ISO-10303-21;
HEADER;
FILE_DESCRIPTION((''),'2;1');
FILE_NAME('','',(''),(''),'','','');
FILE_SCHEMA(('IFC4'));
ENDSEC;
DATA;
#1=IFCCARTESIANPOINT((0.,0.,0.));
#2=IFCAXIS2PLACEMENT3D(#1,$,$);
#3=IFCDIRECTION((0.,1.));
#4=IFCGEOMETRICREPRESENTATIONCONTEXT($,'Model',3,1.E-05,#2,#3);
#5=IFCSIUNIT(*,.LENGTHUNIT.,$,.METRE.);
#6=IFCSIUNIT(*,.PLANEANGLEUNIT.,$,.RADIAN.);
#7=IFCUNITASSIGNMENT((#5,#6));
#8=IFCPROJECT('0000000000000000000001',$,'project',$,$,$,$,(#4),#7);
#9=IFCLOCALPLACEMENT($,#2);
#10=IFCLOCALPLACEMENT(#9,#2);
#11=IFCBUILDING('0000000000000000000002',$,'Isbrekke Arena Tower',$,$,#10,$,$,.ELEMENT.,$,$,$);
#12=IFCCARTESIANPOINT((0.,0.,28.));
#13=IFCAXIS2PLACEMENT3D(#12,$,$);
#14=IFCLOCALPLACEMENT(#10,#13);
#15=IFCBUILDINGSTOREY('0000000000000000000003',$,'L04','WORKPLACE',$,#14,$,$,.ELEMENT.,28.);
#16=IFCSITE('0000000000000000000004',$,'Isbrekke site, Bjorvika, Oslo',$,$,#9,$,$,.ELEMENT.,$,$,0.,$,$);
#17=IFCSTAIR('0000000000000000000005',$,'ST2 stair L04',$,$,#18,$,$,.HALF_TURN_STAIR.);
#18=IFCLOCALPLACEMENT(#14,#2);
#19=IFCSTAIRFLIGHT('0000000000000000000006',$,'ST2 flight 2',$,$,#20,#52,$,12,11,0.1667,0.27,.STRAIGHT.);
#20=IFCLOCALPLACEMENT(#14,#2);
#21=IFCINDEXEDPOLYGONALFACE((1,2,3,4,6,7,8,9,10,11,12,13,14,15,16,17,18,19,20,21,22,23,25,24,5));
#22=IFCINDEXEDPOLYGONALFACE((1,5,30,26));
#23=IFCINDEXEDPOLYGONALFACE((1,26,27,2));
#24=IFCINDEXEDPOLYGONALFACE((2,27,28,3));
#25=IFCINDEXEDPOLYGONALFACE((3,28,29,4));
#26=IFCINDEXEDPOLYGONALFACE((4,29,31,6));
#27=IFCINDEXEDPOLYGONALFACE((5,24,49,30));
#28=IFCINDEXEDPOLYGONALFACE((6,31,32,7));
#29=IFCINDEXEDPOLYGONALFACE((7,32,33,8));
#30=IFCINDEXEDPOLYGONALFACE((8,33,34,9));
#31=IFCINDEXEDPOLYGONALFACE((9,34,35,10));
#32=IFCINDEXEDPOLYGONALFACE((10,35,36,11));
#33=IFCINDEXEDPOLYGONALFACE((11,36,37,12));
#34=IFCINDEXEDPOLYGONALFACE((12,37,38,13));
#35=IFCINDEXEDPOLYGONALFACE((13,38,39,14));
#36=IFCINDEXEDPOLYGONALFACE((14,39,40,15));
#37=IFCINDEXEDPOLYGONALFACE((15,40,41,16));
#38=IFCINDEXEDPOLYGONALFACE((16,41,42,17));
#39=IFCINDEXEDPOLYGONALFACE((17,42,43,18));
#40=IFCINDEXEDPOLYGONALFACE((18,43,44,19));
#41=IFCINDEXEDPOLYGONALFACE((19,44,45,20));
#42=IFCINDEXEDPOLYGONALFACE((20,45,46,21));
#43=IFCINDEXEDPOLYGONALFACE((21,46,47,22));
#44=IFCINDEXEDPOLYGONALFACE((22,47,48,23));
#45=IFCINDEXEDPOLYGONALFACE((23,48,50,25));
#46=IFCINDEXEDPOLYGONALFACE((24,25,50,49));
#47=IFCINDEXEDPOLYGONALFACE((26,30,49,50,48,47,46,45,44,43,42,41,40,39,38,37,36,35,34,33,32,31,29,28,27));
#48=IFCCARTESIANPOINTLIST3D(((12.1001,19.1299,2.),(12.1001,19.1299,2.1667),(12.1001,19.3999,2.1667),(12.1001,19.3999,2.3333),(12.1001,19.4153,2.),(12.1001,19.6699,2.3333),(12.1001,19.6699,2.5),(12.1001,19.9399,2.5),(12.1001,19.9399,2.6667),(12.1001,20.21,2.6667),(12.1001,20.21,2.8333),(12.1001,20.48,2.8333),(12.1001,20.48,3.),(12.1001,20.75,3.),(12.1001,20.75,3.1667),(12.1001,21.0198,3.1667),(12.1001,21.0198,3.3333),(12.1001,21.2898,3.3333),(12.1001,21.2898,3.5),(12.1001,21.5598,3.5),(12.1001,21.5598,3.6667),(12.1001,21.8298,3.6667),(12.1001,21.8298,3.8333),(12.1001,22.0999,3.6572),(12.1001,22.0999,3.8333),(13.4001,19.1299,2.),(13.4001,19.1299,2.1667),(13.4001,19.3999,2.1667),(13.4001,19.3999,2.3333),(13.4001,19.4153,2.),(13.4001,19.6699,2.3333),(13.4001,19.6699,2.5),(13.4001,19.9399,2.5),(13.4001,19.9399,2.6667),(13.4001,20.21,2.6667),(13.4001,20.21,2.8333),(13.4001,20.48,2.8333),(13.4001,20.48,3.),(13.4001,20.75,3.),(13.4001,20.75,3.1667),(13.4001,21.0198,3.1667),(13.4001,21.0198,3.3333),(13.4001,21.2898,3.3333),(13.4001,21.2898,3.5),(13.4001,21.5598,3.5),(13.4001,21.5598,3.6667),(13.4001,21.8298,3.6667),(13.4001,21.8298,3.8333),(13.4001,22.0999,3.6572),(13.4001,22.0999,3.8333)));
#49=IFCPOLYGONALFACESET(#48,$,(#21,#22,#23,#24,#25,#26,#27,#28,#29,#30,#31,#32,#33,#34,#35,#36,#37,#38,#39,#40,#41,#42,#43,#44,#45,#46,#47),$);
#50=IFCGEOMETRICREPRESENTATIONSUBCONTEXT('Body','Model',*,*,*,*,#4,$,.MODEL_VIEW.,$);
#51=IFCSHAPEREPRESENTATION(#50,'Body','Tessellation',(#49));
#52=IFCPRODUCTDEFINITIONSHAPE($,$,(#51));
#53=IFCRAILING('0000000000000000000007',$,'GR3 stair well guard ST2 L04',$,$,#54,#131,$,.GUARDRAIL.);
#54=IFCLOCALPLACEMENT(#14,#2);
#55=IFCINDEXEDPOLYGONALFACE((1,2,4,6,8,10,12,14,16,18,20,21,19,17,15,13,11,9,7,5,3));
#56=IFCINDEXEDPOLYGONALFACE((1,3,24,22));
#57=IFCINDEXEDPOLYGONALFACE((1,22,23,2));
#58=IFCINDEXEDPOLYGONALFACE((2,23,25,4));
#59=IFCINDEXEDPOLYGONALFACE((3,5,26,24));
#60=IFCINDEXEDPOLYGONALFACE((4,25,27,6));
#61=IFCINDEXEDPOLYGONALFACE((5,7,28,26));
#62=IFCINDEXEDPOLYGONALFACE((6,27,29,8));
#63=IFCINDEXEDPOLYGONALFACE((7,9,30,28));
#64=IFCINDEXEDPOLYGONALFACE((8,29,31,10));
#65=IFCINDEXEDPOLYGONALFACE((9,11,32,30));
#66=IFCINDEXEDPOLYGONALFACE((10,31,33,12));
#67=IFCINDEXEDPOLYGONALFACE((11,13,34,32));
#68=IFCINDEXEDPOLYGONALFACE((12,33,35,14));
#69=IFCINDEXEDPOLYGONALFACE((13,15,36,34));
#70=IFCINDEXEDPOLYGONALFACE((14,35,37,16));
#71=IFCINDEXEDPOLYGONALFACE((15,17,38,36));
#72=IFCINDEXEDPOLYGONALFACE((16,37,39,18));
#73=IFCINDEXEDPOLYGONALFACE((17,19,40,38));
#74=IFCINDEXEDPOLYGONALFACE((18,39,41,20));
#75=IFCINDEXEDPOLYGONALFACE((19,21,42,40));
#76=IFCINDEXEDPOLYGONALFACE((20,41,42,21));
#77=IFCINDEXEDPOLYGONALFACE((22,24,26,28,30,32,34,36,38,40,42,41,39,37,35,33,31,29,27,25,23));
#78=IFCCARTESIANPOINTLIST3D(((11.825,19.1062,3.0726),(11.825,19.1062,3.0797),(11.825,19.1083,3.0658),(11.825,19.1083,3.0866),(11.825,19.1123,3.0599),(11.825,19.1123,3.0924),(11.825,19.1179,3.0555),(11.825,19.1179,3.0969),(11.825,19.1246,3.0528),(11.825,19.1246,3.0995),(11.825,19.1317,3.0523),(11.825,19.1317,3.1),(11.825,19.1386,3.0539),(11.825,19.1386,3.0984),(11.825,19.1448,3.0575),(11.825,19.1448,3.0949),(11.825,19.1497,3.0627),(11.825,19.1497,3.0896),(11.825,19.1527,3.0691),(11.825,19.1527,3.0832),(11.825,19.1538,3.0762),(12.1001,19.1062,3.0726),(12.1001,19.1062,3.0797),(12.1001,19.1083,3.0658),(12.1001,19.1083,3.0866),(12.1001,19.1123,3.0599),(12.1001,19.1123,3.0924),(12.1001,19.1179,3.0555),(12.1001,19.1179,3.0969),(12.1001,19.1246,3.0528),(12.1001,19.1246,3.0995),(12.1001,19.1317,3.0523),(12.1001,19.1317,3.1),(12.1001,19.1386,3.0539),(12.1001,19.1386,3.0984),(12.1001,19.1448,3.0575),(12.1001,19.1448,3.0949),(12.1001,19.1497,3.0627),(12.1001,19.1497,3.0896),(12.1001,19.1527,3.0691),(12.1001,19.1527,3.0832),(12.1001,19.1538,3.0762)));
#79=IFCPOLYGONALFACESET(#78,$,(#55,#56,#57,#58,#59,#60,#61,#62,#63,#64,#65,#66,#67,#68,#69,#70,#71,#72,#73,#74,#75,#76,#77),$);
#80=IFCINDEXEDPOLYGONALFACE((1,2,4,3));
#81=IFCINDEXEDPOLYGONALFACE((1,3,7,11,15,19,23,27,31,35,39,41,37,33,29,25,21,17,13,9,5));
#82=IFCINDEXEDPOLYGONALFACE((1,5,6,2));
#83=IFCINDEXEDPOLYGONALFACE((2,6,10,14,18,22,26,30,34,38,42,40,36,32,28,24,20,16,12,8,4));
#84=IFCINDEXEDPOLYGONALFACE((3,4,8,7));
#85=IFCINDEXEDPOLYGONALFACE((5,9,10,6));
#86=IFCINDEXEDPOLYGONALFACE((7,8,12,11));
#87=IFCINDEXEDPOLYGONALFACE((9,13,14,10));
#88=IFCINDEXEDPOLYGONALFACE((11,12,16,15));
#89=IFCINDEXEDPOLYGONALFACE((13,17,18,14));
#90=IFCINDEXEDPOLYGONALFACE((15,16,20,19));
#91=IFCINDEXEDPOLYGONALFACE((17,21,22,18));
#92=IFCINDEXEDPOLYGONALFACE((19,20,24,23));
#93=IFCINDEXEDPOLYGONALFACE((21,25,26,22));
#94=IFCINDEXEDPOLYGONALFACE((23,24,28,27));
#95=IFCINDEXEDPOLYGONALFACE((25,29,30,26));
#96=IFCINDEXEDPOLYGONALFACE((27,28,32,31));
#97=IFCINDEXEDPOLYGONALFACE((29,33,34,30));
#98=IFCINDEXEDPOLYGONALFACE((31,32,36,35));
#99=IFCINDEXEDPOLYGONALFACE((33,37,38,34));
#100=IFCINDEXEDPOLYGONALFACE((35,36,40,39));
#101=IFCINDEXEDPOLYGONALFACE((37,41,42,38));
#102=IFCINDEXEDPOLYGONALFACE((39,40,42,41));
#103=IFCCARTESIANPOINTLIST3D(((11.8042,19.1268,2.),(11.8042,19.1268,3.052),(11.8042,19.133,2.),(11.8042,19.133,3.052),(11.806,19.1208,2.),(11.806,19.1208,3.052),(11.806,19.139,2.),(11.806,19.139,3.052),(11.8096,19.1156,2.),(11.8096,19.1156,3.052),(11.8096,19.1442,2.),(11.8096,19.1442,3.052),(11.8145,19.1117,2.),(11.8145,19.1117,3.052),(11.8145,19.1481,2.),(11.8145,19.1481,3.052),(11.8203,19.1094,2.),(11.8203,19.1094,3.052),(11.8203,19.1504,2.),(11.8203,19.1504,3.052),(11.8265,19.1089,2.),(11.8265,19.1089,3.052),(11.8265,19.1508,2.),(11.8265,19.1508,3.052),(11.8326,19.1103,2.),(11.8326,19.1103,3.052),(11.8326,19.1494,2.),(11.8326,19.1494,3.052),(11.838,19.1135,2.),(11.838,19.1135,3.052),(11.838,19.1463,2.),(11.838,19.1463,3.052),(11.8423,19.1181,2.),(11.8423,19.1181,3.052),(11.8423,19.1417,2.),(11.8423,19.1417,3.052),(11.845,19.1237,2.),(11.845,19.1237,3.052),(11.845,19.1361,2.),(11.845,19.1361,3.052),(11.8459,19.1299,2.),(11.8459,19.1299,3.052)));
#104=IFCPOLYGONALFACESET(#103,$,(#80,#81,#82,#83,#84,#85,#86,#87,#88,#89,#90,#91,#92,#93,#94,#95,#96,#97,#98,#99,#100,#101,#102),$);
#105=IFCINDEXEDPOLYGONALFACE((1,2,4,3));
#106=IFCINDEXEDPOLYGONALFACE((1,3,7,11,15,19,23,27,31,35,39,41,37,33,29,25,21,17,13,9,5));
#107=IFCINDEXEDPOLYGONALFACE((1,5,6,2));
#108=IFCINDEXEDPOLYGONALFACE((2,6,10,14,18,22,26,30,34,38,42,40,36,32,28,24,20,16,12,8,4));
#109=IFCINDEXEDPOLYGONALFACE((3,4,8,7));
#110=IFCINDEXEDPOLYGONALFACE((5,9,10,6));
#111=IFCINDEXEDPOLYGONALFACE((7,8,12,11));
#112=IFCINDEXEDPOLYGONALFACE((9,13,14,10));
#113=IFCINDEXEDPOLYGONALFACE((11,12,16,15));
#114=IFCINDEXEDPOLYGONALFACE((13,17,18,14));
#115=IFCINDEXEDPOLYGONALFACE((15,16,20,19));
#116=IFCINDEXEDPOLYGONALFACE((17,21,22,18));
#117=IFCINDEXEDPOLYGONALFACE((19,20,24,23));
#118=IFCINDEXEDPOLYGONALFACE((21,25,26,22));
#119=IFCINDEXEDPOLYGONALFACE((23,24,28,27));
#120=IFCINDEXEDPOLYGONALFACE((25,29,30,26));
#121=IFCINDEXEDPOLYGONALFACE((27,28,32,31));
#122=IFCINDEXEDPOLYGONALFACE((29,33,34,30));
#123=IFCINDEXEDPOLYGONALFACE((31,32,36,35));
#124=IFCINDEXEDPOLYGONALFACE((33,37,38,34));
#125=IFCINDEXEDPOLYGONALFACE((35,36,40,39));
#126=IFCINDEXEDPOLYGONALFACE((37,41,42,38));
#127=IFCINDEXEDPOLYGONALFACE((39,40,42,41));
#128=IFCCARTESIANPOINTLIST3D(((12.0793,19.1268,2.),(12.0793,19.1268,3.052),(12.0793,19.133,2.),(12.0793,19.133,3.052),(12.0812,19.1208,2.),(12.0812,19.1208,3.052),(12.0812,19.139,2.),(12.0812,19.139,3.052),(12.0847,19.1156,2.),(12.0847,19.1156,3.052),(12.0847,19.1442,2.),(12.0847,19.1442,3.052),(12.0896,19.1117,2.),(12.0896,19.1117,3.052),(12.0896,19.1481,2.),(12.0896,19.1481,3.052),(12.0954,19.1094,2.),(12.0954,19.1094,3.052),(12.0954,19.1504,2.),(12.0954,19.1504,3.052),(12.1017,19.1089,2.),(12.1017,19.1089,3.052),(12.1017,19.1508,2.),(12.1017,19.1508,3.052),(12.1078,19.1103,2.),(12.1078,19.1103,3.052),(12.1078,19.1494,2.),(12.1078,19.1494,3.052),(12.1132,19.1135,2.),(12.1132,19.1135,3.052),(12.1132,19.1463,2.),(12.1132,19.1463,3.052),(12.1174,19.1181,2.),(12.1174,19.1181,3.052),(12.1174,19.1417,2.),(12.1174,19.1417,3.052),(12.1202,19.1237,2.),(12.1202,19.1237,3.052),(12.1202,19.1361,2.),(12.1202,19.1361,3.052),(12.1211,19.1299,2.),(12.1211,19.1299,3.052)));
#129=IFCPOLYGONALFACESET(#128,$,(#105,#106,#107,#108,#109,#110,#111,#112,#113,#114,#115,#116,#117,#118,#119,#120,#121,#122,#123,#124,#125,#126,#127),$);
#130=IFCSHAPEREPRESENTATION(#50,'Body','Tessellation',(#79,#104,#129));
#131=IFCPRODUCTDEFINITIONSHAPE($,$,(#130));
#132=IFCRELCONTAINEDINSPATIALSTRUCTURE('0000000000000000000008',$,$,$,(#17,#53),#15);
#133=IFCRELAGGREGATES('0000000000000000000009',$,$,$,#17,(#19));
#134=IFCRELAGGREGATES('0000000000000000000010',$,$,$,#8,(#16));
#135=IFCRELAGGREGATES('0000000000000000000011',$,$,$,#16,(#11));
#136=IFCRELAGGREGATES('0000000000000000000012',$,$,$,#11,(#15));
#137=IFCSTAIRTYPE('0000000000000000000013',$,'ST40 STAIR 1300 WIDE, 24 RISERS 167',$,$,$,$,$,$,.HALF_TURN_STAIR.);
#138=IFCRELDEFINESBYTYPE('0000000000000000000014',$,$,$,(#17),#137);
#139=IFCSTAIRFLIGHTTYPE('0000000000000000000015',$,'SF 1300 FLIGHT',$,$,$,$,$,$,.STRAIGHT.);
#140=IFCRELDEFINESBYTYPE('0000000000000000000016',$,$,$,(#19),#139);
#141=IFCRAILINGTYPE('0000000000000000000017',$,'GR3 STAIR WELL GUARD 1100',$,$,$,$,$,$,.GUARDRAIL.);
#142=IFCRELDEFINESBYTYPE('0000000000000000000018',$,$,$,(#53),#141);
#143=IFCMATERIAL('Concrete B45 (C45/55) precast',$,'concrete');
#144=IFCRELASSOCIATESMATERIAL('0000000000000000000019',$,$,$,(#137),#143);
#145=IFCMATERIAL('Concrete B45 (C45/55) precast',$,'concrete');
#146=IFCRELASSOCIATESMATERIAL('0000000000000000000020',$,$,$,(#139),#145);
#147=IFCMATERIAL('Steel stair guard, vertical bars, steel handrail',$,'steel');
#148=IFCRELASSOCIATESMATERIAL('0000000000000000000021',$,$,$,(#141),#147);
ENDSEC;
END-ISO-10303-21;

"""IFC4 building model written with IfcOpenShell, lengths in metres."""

from ifc_helpers import new_model, si_unit, direction, frame, origin, origin_2d, place, context, subcontext, project, spatial, polyline, circle, outline, extrude, material, type_object, element, aggregate, save


model = new_model("IFC4")

# Units and contexts
model_context = context("Model", 3, precision=1e-05, world=origin(), true_north=direction((0.0, 1.0)))
body_context = subcontext(model_context, "Body", "Model", "MODEL_VIEW")
ifc_project = project(units=[si_unit("LENGTHUNIT", "METRE"), si_unit("PLANEANGLEUNIT", "RADIAN")], contexts=[model_context])

# Site, building, storey
site_placement = place(None, origin())
site = spatial("IfcSite", under=ifc_project, at=site_placement, Name="Isbrekke site, Bjorvika, Oslo", CompositionType="ELEMENT", RefElevation=0.0)
building_placement = place(site_placement, origin())
building = spatial("IfcBuilding", under=site, at=building_placement, Name="Isbrekke Arena Tower", CompositionType="ELEMENT")
storey_placement = place(building_placement, frame((0.0, 0.0, 28.0)))
storey = spatial("IfcBuildingStorey", under=building, at=storey_placement, Name="L04", Description="WORKPLACE", CompositionType="ELEMENT", Elevation=28.0)

# Stair, stair flight
ifc_material_1 = material(Name="Concrete B45 (C45/55) precast", Category="concrete")
stair_type = type_object("IfcStairType", Name="ST40 STAIR 1300 WIDE, 24 RISERS 167", PredefinedType="HALF_TURN_STAIR", material=ifc_material_1)
stair_placement = place(storey_placement, origin())
stair = element("IfcStair", 1, at=stair_placement, inside=storey, type_object=stair_type, Name="ST2 stair L04", PredefinedType="HALF_TURN_STAIR")
ifc_material_2 = material(Name="Concrete B45 (C45/55) precast", Category="concrete")
stair_flight_type = type_object("IfcStairFlightType", Name="SF 1300 FLIGHT", PredefinedType="STRAIGHT", material=ifc_material_2)
stair_flight_placement = place(storey_placement, frame((12.75, 19.1299, 2.0), z_axis=(0.0, 0.0, 1.0), x_axis=(0.0, 1.0, 0.0)))
stair_flight = element("IfcStairFlight", 2, at=stair_flight_placement, type_object=stair_flight_type, Name="ST2 flight 2", NumberOfRisers=12, NumberOfTreads=11, PredefinedType="STRAIGHT", RiserHeight=0.1667, TreadLength=0.27, context=body_context, shape_type="SweptSolid", body=[
    extrude(outline(polyline([(0.0, 0.0), (0.0, 0.1667), (0.27, 0.1667), (0.27, 0.3333), (0.54, 0.3333), (0.54, 0.5), (0.8101, 0.5), (0.8101, 0.6667), (1.0801, 0.6667), (1.0801, 0.8333), (1.3501, 0.8333), (1.3501, 1.0), (1.6201, 1.0), (1.6201, 1.1667), (1.8899, 1.1667), (1.8899, 1.3333), (2.1599, 1.3333), (2.1599, 1.5), (2.4299, 1.5), (2.4299, 1.6667), (2.7, 1.6667), (2.7, 1.8333), (2.97, 1.8333), (2.97, 2.0), (2.97, 1.6572), (0.2854, 0.0), (0.0, 0.0)])), frame((0.0, 0.6499, 0.0), z_axis=(0.0, -1.0, 0.0), x_axis=(1.0, 0.0, 0.0)), (0.0, 0.0, 1.0), 1.3),
])
aggregate(stair, [stair_flight])

# Railing
ifc_material_3 = material(Name="Steel stair guard, vertical bars, steel handrail", Category="steel")
railing_type = type_object("IfcRailingType", Name="GR3 STAIR WELL GUARD 1100", PredefinedType="GUARDRAIL", material=ifc_material_3)
railing_placement = place(storey_placement, frame((11.825, 19.1299, 2.0)))
element("IfcRailing", 3, at=railing_placement, inside=storey, type_object=railing_type, Name="GR3 stair well guard ST2 L04", PredefinedType="GUARDRAIL", context=body_context, shape_type="SweptSolid", body=[
    extrude(circle(Radius=0.0239, at=origin_2d()), frame((0.0, 0.0, 1.0762), z_axis=(1.0, 0.0, 0.0), x_axis=(0.0, 1.0, 0.0)), (0.0, 0.0, 1.0), 0.2751),
    extrude(circle(Radius=0.021, at=origin_2d()), origin(), (0.0, 0.0, 1.0), 1.052),
    extrude(circle(Radius=0.021, at=origin_2d()), frame((0.2751, 0.0, 0.0)), (0.0, 0.0, 1.0), 1.052),
])

save(model, "model.ifc")
